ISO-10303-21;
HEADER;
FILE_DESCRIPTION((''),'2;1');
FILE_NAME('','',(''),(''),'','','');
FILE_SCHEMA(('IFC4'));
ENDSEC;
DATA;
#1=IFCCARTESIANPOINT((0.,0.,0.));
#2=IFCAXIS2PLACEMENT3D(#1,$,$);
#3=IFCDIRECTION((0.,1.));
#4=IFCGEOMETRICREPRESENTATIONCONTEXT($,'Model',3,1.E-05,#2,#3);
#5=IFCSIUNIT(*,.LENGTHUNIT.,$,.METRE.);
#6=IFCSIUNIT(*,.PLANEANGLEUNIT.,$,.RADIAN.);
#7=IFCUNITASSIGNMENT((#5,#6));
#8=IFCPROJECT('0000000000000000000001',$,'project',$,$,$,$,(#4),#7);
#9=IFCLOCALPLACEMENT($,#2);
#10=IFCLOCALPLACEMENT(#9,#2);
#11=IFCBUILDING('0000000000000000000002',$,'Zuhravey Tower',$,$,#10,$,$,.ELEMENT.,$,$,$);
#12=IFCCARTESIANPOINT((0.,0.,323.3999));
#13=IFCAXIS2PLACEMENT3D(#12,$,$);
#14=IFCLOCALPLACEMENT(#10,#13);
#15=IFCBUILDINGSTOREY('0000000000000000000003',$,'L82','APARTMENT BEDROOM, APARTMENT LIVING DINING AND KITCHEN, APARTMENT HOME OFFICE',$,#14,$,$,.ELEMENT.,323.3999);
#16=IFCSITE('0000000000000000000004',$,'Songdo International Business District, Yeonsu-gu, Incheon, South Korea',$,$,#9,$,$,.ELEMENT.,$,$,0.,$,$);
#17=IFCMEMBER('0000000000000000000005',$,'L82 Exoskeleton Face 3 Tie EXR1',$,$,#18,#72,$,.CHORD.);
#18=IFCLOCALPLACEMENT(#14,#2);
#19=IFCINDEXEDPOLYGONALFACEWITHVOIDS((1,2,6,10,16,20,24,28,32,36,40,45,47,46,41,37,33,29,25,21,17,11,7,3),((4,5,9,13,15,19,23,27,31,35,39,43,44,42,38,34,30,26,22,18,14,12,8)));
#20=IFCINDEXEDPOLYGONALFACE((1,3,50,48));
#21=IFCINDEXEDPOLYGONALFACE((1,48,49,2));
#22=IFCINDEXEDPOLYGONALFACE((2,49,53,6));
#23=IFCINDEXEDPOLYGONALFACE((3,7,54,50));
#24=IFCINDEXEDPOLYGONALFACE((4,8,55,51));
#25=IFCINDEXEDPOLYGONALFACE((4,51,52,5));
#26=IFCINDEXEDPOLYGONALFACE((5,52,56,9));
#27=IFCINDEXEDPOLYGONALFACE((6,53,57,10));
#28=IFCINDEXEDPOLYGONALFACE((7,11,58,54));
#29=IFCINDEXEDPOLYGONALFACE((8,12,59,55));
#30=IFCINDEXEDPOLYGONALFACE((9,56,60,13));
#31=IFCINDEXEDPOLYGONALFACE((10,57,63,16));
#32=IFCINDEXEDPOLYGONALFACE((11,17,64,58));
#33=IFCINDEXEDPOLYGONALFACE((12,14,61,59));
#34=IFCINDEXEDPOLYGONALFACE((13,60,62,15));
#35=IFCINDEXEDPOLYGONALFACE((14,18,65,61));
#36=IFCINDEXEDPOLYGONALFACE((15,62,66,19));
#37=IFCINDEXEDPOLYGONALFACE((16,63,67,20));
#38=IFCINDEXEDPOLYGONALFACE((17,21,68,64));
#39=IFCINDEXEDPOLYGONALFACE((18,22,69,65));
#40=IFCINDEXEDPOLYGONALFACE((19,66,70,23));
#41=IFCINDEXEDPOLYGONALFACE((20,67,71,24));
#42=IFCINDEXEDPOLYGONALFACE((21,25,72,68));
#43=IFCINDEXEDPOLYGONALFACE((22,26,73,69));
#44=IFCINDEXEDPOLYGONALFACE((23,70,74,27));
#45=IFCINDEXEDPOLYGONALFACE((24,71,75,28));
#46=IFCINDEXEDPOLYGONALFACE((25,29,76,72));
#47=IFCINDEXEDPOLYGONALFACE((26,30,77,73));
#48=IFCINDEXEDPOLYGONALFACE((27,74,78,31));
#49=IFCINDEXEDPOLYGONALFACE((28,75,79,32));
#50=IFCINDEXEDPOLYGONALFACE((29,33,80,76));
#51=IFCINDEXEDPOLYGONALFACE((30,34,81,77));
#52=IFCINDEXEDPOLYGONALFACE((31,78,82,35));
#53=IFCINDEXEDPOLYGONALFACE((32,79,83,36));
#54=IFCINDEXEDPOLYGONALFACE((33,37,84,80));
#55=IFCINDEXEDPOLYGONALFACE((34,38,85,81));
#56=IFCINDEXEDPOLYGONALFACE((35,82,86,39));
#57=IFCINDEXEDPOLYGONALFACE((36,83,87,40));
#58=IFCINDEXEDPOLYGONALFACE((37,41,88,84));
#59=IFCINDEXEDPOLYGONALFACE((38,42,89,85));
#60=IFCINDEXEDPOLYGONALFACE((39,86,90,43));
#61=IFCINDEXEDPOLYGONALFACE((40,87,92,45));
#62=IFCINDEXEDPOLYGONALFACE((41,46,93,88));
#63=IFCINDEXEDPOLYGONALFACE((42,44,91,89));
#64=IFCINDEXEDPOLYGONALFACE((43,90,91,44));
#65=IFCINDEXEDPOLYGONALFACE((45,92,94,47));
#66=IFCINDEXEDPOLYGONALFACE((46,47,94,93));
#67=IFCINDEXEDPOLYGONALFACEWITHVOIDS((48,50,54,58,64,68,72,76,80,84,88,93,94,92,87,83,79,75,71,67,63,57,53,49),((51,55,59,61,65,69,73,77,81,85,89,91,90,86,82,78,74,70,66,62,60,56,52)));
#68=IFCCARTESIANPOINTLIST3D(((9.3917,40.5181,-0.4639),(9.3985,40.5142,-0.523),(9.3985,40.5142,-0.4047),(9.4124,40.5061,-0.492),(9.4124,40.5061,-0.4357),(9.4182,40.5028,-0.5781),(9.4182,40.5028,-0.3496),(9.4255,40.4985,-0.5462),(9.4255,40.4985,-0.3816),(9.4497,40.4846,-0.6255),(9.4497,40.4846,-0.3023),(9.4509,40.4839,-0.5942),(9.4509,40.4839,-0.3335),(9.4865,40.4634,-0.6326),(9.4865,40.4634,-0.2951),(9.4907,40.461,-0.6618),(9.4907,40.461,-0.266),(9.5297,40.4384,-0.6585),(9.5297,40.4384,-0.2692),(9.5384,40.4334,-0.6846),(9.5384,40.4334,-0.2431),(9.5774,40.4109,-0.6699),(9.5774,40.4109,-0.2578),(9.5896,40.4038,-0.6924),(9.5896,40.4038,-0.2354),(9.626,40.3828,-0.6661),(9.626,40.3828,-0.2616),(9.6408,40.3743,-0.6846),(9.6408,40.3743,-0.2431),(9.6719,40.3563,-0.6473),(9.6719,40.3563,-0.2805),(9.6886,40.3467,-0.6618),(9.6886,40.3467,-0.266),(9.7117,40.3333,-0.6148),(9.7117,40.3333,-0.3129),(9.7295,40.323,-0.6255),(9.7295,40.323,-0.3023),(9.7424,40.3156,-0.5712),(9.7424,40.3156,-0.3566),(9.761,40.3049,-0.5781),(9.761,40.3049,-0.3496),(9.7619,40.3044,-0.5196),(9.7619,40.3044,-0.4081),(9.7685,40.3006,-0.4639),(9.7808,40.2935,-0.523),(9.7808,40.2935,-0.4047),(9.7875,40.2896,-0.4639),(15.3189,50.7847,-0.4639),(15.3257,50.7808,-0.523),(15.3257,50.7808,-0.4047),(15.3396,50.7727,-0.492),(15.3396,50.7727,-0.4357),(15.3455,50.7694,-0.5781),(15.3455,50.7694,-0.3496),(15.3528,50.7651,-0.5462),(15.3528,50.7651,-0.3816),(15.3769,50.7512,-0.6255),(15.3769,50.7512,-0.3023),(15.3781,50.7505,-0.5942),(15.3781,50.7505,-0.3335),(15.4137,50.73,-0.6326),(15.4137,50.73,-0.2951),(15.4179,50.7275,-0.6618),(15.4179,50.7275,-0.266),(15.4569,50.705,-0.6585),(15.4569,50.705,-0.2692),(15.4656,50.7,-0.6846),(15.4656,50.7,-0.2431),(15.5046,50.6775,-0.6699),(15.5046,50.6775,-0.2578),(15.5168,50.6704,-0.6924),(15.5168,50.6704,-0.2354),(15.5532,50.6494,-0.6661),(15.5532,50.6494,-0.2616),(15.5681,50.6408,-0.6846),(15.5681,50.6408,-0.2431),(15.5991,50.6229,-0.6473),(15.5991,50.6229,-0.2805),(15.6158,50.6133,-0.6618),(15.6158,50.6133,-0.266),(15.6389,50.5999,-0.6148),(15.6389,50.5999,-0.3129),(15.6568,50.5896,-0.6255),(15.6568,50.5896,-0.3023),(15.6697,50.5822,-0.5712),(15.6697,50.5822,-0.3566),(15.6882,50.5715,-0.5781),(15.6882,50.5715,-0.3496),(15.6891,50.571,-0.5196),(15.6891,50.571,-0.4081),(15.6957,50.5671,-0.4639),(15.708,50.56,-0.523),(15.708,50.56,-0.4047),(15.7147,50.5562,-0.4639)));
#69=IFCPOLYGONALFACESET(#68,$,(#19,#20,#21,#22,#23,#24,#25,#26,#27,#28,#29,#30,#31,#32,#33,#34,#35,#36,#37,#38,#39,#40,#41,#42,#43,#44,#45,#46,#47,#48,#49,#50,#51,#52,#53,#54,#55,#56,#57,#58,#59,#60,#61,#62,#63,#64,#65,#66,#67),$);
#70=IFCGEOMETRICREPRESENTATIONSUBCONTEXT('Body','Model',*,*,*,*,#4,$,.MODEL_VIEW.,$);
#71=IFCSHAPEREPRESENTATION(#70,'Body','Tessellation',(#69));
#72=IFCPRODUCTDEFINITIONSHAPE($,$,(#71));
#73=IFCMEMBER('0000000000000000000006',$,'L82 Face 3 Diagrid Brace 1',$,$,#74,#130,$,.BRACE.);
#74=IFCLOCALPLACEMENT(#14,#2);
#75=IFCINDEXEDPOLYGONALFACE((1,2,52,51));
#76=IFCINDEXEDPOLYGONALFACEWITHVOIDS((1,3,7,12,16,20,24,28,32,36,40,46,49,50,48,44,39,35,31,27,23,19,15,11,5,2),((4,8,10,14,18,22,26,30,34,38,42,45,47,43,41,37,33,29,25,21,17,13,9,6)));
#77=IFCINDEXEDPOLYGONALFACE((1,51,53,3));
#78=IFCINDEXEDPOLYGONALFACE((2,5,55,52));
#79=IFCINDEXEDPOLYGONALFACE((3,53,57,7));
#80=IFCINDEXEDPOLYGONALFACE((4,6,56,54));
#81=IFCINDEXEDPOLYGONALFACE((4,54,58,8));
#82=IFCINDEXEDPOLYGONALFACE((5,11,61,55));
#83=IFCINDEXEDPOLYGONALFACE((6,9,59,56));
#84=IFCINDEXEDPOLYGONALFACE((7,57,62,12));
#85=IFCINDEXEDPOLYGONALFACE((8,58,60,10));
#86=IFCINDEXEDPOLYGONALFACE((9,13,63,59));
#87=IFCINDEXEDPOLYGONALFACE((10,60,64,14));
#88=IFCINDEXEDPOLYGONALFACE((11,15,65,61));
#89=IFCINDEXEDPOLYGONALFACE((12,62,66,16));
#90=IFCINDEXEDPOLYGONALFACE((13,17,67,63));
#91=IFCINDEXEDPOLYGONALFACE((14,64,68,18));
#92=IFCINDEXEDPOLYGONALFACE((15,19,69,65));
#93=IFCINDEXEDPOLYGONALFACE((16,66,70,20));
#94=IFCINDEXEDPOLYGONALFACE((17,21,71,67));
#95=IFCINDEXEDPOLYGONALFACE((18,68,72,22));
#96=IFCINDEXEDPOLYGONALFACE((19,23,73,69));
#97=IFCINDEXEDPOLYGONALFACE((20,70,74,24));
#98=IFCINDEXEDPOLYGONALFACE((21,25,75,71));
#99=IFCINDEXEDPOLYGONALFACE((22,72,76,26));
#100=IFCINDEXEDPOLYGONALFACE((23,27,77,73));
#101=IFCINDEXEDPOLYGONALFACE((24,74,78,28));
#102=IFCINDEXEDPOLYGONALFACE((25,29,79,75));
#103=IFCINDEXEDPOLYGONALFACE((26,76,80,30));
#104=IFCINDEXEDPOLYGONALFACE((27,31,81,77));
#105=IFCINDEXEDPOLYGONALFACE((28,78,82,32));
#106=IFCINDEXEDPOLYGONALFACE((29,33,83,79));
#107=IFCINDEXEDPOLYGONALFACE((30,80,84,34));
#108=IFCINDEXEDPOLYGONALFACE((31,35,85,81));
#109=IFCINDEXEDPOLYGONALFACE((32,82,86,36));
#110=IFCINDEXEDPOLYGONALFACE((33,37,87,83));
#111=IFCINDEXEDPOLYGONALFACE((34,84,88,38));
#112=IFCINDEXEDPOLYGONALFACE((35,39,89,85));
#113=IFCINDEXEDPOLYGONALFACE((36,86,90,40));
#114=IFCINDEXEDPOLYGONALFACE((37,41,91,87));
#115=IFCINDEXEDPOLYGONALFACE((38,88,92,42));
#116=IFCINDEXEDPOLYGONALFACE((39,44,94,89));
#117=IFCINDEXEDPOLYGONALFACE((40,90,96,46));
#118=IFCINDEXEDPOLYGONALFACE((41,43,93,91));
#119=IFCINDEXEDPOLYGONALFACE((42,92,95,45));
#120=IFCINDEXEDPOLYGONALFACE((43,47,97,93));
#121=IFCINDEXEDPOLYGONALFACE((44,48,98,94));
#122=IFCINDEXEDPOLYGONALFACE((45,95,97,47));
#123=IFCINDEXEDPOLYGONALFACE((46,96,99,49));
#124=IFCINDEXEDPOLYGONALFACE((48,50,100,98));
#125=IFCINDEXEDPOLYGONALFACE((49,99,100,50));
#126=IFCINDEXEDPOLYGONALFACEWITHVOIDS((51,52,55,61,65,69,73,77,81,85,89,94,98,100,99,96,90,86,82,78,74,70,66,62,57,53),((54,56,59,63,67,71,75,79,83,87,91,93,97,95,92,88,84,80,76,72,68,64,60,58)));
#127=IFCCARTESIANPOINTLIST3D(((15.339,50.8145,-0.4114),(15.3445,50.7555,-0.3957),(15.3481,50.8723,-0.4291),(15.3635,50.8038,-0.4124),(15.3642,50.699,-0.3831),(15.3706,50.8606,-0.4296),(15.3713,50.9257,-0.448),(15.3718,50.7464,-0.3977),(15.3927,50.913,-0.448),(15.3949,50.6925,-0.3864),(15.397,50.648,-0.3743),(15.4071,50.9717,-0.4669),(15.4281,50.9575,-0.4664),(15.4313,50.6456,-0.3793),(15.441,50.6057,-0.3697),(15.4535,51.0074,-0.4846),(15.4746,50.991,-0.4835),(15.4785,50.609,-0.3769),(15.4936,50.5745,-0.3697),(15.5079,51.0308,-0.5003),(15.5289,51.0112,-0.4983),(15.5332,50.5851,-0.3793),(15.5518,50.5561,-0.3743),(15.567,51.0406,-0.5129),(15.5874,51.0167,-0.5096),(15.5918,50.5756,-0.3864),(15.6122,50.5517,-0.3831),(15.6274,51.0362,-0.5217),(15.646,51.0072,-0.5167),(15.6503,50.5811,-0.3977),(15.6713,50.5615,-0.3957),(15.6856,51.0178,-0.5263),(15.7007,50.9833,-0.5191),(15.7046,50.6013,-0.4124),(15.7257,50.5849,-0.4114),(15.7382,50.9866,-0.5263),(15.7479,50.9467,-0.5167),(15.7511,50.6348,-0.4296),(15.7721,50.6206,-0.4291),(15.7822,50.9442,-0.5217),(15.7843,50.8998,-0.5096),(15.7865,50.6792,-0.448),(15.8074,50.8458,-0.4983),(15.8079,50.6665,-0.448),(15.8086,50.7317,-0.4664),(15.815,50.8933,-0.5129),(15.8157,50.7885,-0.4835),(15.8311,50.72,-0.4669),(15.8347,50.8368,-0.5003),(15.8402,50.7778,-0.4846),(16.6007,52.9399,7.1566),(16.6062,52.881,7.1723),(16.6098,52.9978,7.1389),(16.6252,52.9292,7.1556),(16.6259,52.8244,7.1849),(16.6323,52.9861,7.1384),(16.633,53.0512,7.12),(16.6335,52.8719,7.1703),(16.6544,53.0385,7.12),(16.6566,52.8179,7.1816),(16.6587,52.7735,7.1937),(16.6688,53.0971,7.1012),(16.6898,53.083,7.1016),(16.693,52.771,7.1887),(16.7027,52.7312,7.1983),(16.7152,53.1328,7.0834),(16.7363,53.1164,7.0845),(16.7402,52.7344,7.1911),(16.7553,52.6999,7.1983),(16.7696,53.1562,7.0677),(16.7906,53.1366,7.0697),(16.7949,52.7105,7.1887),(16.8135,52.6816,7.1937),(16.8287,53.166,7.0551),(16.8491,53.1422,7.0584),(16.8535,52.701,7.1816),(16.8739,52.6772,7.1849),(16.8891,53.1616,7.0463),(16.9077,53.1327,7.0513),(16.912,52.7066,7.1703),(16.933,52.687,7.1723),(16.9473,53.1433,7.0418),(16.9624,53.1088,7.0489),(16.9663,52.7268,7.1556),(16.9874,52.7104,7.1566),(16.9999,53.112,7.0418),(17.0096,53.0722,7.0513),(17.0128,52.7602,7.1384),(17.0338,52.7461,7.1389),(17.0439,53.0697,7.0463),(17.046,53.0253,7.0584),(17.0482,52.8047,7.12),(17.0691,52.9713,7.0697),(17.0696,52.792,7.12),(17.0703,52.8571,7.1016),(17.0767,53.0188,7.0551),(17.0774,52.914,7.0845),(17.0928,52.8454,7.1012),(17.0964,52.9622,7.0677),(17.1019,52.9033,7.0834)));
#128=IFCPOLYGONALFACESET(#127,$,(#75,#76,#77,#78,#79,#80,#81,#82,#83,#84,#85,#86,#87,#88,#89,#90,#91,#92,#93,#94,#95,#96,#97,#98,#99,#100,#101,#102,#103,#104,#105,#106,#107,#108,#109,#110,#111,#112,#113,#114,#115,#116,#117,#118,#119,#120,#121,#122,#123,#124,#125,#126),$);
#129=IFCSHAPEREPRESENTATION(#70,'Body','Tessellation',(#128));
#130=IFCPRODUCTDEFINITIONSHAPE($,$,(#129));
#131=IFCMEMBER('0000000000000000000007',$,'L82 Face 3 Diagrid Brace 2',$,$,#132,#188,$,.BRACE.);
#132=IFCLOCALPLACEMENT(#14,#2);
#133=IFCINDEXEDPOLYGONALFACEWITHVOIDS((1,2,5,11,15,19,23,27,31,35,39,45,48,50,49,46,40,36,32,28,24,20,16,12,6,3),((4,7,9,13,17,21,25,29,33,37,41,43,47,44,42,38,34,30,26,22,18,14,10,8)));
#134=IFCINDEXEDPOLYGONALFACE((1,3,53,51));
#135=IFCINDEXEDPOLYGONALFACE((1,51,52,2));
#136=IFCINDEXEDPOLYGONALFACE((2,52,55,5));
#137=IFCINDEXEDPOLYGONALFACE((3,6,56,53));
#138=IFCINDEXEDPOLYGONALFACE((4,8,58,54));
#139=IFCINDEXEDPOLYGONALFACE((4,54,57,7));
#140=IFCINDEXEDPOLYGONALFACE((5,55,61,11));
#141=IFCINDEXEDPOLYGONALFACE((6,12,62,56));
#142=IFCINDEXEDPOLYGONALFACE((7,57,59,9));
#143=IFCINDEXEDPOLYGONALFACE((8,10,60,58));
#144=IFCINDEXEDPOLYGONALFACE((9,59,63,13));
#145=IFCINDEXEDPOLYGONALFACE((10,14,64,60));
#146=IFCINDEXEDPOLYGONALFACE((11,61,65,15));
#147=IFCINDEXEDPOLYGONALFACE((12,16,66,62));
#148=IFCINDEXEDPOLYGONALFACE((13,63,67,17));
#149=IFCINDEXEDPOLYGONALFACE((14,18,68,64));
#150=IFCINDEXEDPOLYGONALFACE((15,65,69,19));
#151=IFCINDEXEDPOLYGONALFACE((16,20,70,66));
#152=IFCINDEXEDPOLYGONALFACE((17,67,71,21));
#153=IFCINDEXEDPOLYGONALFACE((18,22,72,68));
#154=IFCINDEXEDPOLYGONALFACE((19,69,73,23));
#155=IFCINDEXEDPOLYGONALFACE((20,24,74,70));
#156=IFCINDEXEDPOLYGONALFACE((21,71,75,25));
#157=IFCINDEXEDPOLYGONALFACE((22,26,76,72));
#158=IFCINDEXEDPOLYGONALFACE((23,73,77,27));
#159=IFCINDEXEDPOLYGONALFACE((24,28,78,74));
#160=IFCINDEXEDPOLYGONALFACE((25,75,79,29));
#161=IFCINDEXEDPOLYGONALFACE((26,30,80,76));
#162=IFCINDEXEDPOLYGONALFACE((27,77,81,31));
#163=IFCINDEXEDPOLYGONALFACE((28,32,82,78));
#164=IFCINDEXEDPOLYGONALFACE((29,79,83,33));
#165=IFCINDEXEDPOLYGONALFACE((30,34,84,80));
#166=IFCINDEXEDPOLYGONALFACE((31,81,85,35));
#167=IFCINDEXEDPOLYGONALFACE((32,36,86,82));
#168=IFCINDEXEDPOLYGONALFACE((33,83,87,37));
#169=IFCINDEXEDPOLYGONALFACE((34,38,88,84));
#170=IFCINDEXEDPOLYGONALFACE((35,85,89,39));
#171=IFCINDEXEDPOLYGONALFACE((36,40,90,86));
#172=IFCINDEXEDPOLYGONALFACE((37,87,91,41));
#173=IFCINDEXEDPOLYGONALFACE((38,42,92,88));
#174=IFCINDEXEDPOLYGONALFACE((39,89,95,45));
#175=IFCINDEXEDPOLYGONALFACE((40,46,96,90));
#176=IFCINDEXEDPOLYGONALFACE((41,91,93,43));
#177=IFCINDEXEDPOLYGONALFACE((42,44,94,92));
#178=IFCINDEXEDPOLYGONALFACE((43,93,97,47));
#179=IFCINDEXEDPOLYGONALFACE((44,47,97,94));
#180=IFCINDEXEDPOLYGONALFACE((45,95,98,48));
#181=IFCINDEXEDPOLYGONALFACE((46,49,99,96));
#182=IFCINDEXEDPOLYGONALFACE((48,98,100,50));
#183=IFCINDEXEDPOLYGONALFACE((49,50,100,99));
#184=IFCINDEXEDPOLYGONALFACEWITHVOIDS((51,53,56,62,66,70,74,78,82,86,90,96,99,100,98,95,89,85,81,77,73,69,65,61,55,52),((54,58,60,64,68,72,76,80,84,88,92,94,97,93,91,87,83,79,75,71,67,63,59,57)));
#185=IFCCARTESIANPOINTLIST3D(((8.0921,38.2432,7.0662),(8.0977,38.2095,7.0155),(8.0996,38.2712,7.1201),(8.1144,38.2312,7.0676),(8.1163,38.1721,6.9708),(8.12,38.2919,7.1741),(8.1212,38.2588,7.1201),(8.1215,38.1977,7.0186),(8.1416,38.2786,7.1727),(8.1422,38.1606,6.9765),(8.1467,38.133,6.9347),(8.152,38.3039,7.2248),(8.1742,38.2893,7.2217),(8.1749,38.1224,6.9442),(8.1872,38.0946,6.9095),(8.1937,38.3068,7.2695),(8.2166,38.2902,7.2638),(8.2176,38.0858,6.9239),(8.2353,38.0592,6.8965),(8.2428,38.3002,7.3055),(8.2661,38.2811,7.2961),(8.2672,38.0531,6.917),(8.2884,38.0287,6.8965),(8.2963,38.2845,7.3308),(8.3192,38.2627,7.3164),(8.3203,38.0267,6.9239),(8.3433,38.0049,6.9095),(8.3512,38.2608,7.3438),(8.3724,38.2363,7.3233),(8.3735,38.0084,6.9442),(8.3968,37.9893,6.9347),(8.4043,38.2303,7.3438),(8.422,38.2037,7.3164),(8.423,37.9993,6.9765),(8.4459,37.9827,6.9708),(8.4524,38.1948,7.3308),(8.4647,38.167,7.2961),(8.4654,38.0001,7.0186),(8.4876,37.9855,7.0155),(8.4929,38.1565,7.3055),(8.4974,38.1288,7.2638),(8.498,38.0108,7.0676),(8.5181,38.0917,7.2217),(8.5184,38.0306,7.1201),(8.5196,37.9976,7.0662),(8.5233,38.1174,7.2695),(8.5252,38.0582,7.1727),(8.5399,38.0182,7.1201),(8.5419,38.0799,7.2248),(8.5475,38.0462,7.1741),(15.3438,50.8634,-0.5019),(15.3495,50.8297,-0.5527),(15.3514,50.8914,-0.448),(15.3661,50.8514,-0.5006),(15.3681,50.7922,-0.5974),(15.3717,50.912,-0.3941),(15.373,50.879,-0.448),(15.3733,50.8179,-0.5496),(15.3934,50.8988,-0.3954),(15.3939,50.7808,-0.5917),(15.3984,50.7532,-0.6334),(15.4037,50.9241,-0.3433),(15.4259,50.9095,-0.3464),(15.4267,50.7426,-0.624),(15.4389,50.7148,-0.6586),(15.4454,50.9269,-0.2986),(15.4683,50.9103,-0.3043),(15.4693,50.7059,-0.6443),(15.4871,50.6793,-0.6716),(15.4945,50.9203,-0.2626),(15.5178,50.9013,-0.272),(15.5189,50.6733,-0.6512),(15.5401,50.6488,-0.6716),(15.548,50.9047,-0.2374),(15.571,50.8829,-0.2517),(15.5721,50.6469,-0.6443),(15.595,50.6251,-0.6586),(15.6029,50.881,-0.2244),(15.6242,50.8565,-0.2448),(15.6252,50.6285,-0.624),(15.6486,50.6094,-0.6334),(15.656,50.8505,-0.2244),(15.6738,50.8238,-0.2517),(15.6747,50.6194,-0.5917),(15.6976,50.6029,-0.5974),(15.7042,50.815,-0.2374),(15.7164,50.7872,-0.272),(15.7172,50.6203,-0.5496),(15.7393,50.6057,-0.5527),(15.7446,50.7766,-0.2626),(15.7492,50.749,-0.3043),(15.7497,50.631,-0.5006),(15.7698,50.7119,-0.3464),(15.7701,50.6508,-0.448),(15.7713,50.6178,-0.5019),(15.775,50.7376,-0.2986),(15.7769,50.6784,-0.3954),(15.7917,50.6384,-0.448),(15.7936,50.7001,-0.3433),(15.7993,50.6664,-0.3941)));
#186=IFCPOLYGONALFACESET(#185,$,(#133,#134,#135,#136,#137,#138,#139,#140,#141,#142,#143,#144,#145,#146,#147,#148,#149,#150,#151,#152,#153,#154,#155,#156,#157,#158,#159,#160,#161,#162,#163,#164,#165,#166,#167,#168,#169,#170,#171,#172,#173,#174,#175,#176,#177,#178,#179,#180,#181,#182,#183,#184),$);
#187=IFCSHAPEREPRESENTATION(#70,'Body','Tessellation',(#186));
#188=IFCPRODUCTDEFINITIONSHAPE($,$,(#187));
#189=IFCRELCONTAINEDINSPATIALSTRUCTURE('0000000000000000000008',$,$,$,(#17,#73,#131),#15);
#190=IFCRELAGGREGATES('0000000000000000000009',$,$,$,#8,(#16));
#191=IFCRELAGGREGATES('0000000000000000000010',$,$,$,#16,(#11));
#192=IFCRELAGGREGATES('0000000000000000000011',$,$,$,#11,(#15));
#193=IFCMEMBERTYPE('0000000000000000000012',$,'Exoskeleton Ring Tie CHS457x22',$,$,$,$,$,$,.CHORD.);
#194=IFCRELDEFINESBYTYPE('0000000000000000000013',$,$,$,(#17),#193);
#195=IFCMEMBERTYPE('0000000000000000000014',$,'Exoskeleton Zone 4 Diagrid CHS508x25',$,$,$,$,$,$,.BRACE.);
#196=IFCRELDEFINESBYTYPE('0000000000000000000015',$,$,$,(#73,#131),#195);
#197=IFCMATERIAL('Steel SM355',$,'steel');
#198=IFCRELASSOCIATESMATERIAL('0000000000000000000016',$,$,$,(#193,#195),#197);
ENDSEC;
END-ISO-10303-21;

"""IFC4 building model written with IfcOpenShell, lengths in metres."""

from ifc_helpers import new_model, si_unit, direction, frame, origin, origin_2d, place, context, subcontext, project, spatial, hollow_circle, extrude, material, material_profile, profile_set, type_object, element, save


model = new_model("IFC4")

# Units and contexts
model_context = context("Model", 3, precision=1e-05, world=origin(), true_north=direction((0.0, 1.0)))
body_context = subcontext(model_context, "Body", "Model", "MODEL_VIEW")
ifc_project = project(units=[si_unit("LENGTHUNIT", "METRE"), si_unit("PLANEANGLEUNIT", "RADIAN")], contexts=[model_context])

# Site, building, storey
site_placement = place(None, origin())
site = spatial("IfcSite", under=ifc_project, at=site_placement, Name="Songdo International Business District, Yeonsu-gu, Incheon, South Korea", CompositionType="ELEMENT", RefElevation=0.0)
building_placement = place(site_placement, origin())
building = spatial("IfcBuilding", under=site, at=building_placement, Name="Zuhravey Tower", CompositionType="ELEMENT")
storey_placement = place(building_placement, frame((0.0, 0.0, 323.3999)))
storey = spatial("IfcBuildingStorey", under=building, at=storey_placement, Name="L82", Description="APARTMENT BEDROOM, APARTMENT LIVING DINING AND KITCHEN, APARTMENT HOME OFFICE", CompositionType="ELEMENT", Elevation=323.3999)

# Members
ifc_material_1 = material(Name="Steel SM355", Category="steel")
ifc_material_profile_1 = material_profile(ifc_material_1, hollow_circle(Radius=0.2285, WallThickness=0.022, at=origin_2d()), Name="CHS-457.2x22")
ifc_profile_set_1 = profile_set([ifc_material_profile_1], Name="Steel SM355")
member_type_1 = type_object("IfcMemberType", Name="Exoskeleton Ring Tie CHS457x22", PredefinedType="CHORD", material=ifc_profile_set_1)
member_1_placement = place(storey_placement, frame((15.5168, 50.6704, -0.4639), z_axis=(-0.499989, -0.866032, 0.0), x_axis=(0.866032, -0.499989, 0.0)))
element("IfcMember", 1, at=member_1_placement, inside=storey, type_object=member_type_1, Name="L82 Exoskeleton Face 3 Tie EXR1", PredefinedType="CHORD", context=body_context, shape_type="SweptSolid", body=[
    extrude(hollow_circle(Radius=0.2285, WallThickness=0.022, at=origin_2d()), origin(), (0.0, 0.0, 1.0), 11.8547),
])
ifc_material_profile_2 = material_profile(ifc_material_1, hollow_circle(Radius=0.2539, WallThickness=0.0249, at=origin_2d()), Name="CHS-508.0x25")
ifc_profile_set_2 = profile_set([ifc_material_profile_2], Name="Steel SM355")
member_type_2 = type_object("IfcMemberType", Name="Exoskeleton Zone 4 Diagrid CHS508x25", PredefinedType="BRACE", material=ifc_profile_set_2)
member_2_placement = place(storey_placement, frame((15.5896, 50.7961, -0.448), z_axis=(0.158477, 0.26697, 0.950585), x_axis=(-0.859906, 0.510452, 0.0)))
element("IfcMember", 2, at=member_2_placement, inside=storey, type_object=member_type_2, Name="L82 Face 3 Diagrid Brace 1", PredefinedType="BRACE", context=body_context, shape_type="SweptSolid", body=[
    extrude(hollow_circle(Radius=0.2539, WallThickness=0.0249, at=origin_2d()), origin(), (0.0, 0.0, 1.0), 7.9614),
])
member_3_placement = place(storey_placement, frame((15.5715, 50.7649, -0.448), z_axis=(-0.442037, -0.769275, 0.461324), x_axis=(0.867051, -0.49822, 0.0)))
element("IfcMember", 3, at=member_3_placement, inside=storey, type_object=member_type_2, Name="L82 Face 3 Diagrid Brace 2", PredefinedType="BRACE", context=body_context, shape_type="SweptSolid", body=[
    extrude(hollow_circle(Radius=0.2539, WallThickness=0.0249, at=origin_2d()), origin(), (0.0, 0.0, 1.0), 16.4053),
])

save(model, "model.ifc")
